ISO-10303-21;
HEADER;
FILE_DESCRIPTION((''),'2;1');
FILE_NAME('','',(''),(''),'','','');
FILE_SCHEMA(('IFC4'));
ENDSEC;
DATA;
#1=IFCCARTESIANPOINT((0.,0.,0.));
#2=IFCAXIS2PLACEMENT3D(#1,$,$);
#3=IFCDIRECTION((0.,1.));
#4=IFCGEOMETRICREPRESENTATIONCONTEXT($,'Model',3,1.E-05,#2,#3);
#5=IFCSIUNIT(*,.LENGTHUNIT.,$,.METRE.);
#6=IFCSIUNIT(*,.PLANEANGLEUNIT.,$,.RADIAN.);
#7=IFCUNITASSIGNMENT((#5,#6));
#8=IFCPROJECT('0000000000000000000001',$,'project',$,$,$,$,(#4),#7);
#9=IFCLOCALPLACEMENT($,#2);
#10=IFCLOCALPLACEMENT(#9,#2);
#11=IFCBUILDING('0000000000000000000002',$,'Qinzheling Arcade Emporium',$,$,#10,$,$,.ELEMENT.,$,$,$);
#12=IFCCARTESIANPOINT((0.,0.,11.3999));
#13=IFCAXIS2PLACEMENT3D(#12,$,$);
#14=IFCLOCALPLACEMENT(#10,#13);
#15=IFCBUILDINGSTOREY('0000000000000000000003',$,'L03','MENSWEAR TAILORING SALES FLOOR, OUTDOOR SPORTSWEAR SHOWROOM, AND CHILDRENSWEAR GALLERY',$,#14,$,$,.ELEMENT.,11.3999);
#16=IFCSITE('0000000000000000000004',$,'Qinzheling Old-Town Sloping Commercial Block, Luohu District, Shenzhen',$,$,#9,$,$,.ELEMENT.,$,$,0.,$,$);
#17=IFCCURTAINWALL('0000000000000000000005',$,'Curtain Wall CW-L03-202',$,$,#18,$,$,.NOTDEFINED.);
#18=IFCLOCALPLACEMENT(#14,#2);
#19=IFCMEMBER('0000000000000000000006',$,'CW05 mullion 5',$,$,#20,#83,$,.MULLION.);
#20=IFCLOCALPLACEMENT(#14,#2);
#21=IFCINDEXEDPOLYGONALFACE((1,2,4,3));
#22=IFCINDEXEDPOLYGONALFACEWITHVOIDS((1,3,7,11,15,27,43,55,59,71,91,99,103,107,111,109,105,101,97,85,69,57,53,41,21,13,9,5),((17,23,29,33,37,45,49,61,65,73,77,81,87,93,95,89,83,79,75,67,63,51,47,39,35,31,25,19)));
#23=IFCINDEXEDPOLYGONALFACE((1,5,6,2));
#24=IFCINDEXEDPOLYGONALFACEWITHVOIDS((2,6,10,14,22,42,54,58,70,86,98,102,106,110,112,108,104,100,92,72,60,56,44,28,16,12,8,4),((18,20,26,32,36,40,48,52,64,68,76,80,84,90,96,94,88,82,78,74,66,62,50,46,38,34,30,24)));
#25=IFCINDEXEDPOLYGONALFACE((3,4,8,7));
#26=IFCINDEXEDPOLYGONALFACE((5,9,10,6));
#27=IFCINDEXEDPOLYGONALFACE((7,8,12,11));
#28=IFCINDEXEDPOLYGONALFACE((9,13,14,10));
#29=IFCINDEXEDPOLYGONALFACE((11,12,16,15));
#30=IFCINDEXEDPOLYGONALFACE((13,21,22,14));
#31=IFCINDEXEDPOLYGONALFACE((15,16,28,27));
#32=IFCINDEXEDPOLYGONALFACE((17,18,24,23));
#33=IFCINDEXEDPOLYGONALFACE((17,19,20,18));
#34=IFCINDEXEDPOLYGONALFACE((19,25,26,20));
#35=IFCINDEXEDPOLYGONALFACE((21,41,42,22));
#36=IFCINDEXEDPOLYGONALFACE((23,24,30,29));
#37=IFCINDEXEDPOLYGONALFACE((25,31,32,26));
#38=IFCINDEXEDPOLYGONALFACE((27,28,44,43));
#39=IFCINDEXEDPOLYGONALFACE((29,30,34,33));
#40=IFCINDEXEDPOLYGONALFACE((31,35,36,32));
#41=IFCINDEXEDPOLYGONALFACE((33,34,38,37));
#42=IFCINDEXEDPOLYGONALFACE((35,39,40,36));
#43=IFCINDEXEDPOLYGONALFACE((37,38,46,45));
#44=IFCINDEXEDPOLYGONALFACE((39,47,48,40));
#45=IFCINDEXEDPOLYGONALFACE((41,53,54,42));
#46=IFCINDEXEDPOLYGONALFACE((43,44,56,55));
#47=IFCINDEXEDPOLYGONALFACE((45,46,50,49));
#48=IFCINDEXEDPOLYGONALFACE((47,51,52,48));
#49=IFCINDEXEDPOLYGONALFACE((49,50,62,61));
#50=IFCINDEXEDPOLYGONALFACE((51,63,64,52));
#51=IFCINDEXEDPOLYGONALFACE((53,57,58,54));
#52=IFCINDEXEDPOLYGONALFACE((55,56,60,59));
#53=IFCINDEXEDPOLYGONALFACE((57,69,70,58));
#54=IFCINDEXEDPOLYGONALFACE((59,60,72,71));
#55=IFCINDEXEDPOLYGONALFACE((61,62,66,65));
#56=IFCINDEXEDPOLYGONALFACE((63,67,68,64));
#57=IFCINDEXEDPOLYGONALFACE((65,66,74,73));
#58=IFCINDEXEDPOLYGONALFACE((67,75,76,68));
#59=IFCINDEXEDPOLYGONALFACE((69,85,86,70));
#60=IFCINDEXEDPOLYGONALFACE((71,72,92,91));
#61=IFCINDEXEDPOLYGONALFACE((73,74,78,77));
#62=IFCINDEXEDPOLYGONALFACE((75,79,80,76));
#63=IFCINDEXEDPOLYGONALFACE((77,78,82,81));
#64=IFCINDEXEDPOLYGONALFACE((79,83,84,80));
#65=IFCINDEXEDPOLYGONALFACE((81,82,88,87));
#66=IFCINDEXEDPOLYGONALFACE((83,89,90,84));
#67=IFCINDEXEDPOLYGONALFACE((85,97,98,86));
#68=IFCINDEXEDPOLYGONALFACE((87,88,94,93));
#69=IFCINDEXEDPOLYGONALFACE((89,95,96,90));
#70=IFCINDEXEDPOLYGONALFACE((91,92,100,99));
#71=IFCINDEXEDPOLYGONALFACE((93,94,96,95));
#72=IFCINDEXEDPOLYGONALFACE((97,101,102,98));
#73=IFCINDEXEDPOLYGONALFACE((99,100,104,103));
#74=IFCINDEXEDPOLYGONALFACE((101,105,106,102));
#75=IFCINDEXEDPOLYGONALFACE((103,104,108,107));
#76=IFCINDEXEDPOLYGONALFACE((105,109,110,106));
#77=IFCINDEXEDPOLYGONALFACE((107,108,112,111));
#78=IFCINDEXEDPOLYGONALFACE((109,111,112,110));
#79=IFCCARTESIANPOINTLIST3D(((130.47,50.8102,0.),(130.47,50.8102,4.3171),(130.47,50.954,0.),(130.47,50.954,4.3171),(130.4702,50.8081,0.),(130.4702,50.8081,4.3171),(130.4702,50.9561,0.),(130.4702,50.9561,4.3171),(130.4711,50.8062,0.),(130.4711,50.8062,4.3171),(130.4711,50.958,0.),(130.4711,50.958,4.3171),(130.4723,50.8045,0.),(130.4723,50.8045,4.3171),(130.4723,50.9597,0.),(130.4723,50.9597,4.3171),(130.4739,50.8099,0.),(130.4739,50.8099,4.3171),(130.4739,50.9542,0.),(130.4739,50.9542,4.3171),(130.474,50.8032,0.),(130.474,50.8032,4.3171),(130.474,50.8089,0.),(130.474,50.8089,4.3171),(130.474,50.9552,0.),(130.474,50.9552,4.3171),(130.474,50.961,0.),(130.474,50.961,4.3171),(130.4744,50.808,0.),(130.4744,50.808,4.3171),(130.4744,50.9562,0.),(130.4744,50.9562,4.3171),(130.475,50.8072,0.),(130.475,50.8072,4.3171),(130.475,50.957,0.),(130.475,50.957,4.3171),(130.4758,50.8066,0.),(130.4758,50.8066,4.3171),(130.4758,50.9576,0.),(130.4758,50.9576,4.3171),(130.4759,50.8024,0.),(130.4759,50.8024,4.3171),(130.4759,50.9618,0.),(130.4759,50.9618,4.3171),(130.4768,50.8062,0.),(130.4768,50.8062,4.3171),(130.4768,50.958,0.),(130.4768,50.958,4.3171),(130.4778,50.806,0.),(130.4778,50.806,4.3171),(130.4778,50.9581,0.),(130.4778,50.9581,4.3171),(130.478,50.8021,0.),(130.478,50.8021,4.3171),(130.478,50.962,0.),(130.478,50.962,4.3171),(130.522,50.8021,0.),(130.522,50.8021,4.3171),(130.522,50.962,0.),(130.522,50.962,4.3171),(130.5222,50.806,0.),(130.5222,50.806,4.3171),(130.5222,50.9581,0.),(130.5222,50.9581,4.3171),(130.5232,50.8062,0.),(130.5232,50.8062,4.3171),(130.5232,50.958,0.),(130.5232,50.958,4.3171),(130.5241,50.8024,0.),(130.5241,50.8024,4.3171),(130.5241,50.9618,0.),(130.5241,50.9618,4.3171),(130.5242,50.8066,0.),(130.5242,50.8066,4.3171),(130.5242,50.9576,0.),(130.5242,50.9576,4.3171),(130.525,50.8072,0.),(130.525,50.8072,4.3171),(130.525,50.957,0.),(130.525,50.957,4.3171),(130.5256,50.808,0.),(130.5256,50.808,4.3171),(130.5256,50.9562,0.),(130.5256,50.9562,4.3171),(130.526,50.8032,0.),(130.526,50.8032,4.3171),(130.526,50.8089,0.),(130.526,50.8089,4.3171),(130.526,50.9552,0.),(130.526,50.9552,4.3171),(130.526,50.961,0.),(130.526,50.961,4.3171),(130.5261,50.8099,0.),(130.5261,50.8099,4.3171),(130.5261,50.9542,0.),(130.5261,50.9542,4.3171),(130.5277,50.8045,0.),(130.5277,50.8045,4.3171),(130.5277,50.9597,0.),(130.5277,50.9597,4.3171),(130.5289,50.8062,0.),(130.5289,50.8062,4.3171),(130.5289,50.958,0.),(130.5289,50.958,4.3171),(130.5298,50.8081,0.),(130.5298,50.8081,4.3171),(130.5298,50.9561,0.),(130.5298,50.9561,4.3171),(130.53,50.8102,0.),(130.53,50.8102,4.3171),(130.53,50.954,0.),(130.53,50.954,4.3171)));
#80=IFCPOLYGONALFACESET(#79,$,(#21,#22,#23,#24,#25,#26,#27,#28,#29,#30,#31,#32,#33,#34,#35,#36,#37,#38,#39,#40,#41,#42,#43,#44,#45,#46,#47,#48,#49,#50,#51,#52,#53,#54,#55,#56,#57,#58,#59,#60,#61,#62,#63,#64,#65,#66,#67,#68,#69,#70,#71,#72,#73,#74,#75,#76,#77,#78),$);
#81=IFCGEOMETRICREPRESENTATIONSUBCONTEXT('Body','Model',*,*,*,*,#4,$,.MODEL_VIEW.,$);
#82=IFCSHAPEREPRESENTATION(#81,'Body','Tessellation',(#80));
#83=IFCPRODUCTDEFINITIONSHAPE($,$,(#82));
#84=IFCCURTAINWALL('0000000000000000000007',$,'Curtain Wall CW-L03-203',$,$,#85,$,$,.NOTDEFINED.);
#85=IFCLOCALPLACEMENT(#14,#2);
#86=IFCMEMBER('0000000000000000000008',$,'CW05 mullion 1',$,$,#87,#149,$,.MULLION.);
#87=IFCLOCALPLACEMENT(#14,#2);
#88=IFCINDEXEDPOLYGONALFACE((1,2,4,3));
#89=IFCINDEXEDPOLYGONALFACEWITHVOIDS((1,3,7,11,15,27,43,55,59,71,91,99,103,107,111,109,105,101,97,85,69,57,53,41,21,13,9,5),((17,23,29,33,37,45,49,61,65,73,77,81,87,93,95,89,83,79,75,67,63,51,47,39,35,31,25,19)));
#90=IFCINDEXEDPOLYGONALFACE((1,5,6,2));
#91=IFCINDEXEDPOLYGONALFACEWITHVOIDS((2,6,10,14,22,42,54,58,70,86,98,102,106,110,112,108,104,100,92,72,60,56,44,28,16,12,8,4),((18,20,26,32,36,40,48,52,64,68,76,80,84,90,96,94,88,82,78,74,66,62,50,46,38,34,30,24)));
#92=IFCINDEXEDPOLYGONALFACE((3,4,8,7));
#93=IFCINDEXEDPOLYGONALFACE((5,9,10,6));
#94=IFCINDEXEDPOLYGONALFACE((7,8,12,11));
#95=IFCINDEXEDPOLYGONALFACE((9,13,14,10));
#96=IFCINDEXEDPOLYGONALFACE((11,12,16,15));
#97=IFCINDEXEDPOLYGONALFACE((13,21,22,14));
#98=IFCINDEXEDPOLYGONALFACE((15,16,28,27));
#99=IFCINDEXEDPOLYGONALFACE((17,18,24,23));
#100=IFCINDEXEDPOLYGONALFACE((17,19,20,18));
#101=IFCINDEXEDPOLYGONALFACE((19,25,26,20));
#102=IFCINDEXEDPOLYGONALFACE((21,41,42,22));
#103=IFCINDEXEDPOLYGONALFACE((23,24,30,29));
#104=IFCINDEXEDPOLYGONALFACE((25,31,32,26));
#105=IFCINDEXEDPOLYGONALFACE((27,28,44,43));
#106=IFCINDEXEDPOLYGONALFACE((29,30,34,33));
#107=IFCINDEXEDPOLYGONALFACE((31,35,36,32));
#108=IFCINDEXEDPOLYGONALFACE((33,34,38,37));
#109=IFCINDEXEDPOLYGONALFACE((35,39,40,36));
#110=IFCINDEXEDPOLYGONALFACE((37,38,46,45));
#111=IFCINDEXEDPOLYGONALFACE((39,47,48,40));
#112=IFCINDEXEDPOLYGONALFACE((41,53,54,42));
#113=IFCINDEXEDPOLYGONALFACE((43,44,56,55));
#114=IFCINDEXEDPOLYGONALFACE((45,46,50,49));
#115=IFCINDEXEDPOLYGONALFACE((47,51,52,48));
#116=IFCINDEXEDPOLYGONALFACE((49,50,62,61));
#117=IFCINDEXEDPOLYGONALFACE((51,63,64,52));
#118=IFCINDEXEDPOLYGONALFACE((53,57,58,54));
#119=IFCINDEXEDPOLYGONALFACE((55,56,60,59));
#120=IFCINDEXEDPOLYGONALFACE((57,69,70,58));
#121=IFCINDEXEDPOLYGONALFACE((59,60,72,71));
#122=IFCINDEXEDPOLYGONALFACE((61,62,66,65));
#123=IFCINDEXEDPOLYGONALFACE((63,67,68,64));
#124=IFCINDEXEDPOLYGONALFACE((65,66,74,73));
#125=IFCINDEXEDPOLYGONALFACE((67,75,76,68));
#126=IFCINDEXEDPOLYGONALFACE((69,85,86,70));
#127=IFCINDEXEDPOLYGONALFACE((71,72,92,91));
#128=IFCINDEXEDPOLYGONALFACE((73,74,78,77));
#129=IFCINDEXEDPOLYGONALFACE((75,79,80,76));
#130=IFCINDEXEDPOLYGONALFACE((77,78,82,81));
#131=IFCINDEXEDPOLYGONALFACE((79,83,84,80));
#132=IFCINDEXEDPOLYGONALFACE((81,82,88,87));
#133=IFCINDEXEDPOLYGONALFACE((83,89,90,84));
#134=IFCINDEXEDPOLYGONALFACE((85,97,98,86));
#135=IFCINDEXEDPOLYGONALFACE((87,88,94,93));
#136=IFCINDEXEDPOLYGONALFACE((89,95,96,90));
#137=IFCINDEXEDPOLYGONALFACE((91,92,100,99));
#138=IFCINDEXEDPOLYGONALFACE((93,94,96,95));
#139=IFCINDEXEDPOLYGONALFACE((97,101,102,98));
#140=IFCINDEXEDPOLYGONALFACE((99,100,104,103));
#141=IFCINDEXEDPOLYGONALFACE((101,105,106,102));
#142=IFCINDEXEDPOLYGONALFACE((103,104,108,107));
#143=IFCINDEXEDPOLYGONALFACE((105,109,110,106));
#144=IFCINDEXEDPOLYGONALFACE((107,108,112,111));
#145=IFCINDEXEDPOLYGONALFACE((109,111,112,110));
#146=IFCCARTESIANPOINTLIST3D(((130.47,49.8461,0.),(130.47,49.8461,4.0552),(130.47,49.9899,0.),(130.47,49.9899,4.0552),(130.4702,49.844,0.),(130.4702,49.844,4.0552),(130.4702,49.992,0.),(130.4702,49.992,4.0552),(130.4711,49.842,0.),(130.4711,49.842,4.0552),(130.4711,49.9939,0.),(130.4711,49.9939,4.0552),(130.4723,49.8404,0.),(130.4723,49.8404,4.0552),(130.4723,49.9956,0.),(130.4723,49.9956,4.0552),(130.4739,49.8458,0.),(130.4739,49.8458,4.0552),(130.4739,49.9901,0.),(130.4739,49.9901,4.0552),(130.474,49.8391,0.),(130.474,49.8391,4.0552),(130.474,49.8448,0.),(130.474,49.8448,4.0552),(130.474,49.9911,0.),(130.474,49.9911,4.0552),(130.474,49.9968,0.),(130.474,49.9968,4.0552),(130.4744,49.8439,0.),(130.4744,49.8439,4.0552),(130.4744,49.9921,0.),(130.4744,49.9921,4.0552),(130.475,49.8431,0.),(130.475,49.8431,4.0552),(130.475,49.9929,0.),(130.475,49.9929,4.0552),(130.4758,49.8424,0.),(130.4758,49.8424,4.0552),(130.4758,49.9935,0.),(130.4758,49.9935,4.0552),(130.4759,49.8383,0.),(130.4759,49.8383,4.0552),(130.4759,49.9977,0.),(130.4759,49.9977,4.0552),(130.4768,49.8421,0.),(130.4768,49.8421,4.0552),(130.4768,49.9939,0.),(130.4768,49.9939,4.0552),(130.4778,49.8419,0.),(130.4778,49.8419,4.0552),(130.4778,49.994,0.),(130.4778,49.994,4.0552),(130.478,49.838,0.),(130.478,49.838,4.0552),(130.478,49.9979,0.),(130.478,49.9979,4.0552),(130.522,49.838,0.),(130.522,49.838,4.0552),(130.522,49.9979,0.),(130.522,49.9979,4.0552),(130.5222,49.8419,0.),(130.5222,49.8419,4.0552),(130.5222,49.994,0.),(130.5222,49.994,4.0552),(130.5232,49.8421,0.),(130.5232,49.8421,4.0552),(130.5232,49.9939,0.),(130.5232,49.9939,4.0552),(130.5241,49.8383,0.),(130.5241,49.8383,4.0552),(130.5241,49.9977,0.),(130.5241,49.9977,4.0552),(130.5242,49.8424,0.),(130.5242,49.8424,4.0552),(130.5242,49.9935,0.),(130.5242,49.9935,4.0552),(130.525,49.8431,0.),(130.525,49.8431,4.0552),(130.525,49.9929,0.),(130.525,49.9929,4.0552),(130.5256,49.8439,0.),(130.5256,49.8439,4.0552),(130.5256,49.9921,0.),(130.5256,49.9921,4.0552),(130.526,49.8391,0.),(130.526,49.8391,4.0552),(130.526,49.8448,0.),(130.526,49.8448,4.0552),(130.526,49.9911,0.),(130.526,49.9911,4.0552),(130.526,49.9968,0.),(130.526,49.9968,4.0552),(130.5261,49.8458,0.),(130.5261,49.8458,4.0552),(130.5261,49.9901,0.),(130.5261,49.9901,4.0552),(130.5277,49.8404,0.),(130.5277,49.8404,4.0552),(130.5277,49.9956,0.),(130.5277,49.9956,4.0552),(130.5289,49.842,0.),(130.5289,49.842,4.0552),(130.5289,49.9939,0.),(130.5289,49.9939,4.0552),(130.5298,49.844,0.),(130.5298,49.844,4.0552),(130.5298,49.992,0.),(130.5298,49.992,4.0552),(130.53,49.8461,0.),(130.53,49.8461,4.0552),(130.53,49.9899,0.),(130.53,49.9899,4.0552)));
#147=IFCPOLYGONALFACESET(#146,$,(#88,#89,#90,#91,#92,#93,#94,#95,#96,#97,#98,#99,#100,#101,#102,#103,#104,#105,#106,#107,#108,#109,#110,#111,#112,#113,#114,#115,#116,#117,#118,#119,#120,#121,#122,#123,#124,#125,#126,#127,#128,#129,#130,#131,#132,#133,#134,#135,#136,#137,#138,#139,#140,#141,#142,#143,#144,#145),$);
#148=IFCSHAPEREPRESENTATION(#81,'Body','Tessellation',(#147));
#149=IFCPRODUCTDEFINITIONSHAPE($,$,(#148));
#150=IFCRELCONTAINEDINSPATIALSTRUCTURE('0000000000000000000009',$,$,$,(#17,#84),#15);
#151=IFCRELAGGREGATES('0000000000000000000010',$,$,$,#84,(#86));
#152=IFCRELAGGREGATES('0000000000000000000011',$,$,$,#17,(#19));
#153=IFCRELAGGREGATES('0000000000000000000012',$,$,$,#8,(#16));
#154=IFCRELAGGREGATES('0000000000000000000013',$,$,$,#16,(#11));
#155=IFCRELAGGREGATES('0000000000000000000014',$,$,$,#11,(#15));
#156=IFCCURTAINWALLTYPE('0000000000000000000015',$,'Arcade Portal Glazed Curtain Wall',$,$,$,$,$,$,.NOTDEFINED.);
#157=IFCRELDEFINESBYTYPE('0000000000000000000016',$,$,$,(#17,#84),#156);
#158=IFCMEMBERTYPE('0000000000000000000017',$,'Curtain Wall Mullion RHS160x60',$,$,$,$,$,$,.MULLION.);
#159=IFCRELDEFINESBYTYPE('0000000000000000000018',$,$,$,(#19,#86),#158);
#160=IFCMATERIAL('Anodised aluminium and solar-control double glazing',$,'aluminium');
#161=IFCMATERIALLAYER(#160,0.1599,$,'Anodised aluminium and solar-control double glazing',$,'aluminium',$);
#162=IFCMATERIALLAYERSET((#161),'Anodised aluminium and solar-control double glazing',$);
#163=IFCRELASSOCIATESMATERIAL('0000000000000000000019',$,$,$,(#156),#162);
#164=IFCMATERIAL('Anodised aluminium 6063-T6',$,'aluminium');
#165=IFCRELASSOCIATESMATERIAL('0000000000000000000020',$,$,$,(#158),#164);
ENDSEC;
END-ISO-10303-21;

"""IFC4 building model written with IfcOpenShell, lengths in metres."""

from ifc_helpers import new_model, si_unit, direction, frame, origin, origin_2d, place, context, subcontext, project, spatial, hollow_rectangle, extrude, material, layer, layer_set, material_profile, profile_set, type_object, element, aggregate, save


model = new_model("IFC4")

# Units and contexts
model_context = context("Model", 3, precision=1e-05, world=origin(), true_north=direction((0.0, 1.0)))
body_context = subcontext(model_context, "Body", "Model", "MODEL_VIEW")
ifc_project = project(units=[si_unit("LENGTHUNIT", "METRE"), si_unit("PLANEANGLEUNIT", "RADIAN")], contexts=[model_context])

# Site, building, storey
site_placement = place(None, origin())
site = spatial("IfcSite", under=ifc_project, at=site_placement, Name="Qinzheling Old-Town Sloping Commercial Block, Luohu District, Shenzhen", CompositionType="ELEMENT", RefElevation=0.0)
building_placement = place(site_placement, origin())
building = spatial("IfcBuilding", under=site, at=building_placement, Name="Qinzheling Arcade Emporium", CompositionType="ELEMENT")
storey_placement = place(building_placement, frame((0.0, 0.0, 11.3999)))
storey = spatial("IfcBuildingStorey", under=building, at=storey_placement, Name="L03", Description="MENSWEAR TAILORING SALES FLOOR, OUTDOOR SPORTSWEAR SHOWROOM, AND CHILDRENSWEAR GALLERY", CompositionType="ELEMENT", Elevation=11.3999)

# Shared definitions
ifc_material_1 = material(Name="Anodised aluminium and solar-control double glazing", Category="aluminium")
ifc_layer_1 = layer(ifc_material_1, 0.1599, Name="Anodised aluminium and solar-control double glazing", Category="aluminium")
ifc_layer_set_1 = layer_set([ifc_layer_1], Name="Anodised aluminium and solar-control double glazing")
curtain_wall_type = type_object("IfcCurtainWallType", Name="Arcade Portal Glazed Curtain Wall", PredefinedType="NOTDEFINED", material=ifc_layer_set_1)
ifc_material_2 = material(Name="Anodised aluminium 6063-T6", Category="aluminium")
ifc_material_profile_1 = material_profile(ifc_material_2, hollow_rectangle(XDim=0.0601, YDim=0.1599, WallThickness=0.0039, InnerFilletRadius=0.0039, OuterFilletRadius=0.0081, at=origin_2d()), Name="RHS 160x60x4", Category="aluminium")
ifc_profile_set_1 = profile_set([ifc_material_profile_1], Name="Anodised aluminium 6063-T6")
member_type_1 = type_object("IfcMemberType", Name="Curtain Wall Mullion RHS160x60", PredefinedType="MULLION", material=ifc_profile_set_1)

# Curtain wall, member
curtain_wall_1_placement = place(storey_placement, origin())
curtain_wall_1 = element("IfcCurtainWall", 1, at=curtain_wall_1_placement, inside=storey, type_object=curtain_wall_type, Name="Curtain Wall CW-L03-202", PredefinedType="NOTDEFINED")
member_1_placement = place(storey_placement, frame((130.5, 50.8821, 0.0), z_axis=(0.0, 0.0, 1.0), x_axis=(1.0, 0.0, 0.0)))
member_1 = element("IfcMember", 2, at=member_1_placement, type_object=member_type_1, Name="CW05 mullion 5", PredefinedType="MULLION", context=body_context, shape_type="SweptSolid", body=[
    extrude(hollow_rectangle(XDim=0.0601, YDim=0.1599, WallThickness=0.0039, InnerFilletRadius=0.0039, OuterFilletRadius=0.0081, at=origin_2d()), origin(), (0.0, 0.0, 1.0), 4.3171),
])

# Curtain wall, member
curtain_wall_2_placement = place(storey_placement, origin())
curtain_wall_2 = element("IfcCurtainWall", 3, at=curtain_wall_2_placement, inside=storey, type_object=curtain_wall_type, Name="Curtain Wall CW-L03-203", PredefinedType="NOTDEFINED")
member_2_placement = place(storey_placement, frame((130.5, 49.918, 0.0), z_axis=(0.0, 0.0, 1.0), x_axis=(1.0, 0.0, 0.0)))
member_2 = element("IfcMember", 4, at=member_2_placement, type_object=member_type_1, Name="CW05 mullion 1", PredefinedType="MULLION", context=body_context, shape_type="SweptSolid", body=[
    extrude(hollow_rectangle(XDim=0.0601, YDim=0.1599, WallThickness=0.0039, InnerFilletRadius=0.0039, OuterFilletRadius=0.0081, at=origin_2d()), origin(), (0.0, 0.0, 1.0), 4.0552),
])
aggregate(curtain_wall_2, [member_2])

aggregate(curtain_wall_1, [member_1])

save(model, "model.ifc")
